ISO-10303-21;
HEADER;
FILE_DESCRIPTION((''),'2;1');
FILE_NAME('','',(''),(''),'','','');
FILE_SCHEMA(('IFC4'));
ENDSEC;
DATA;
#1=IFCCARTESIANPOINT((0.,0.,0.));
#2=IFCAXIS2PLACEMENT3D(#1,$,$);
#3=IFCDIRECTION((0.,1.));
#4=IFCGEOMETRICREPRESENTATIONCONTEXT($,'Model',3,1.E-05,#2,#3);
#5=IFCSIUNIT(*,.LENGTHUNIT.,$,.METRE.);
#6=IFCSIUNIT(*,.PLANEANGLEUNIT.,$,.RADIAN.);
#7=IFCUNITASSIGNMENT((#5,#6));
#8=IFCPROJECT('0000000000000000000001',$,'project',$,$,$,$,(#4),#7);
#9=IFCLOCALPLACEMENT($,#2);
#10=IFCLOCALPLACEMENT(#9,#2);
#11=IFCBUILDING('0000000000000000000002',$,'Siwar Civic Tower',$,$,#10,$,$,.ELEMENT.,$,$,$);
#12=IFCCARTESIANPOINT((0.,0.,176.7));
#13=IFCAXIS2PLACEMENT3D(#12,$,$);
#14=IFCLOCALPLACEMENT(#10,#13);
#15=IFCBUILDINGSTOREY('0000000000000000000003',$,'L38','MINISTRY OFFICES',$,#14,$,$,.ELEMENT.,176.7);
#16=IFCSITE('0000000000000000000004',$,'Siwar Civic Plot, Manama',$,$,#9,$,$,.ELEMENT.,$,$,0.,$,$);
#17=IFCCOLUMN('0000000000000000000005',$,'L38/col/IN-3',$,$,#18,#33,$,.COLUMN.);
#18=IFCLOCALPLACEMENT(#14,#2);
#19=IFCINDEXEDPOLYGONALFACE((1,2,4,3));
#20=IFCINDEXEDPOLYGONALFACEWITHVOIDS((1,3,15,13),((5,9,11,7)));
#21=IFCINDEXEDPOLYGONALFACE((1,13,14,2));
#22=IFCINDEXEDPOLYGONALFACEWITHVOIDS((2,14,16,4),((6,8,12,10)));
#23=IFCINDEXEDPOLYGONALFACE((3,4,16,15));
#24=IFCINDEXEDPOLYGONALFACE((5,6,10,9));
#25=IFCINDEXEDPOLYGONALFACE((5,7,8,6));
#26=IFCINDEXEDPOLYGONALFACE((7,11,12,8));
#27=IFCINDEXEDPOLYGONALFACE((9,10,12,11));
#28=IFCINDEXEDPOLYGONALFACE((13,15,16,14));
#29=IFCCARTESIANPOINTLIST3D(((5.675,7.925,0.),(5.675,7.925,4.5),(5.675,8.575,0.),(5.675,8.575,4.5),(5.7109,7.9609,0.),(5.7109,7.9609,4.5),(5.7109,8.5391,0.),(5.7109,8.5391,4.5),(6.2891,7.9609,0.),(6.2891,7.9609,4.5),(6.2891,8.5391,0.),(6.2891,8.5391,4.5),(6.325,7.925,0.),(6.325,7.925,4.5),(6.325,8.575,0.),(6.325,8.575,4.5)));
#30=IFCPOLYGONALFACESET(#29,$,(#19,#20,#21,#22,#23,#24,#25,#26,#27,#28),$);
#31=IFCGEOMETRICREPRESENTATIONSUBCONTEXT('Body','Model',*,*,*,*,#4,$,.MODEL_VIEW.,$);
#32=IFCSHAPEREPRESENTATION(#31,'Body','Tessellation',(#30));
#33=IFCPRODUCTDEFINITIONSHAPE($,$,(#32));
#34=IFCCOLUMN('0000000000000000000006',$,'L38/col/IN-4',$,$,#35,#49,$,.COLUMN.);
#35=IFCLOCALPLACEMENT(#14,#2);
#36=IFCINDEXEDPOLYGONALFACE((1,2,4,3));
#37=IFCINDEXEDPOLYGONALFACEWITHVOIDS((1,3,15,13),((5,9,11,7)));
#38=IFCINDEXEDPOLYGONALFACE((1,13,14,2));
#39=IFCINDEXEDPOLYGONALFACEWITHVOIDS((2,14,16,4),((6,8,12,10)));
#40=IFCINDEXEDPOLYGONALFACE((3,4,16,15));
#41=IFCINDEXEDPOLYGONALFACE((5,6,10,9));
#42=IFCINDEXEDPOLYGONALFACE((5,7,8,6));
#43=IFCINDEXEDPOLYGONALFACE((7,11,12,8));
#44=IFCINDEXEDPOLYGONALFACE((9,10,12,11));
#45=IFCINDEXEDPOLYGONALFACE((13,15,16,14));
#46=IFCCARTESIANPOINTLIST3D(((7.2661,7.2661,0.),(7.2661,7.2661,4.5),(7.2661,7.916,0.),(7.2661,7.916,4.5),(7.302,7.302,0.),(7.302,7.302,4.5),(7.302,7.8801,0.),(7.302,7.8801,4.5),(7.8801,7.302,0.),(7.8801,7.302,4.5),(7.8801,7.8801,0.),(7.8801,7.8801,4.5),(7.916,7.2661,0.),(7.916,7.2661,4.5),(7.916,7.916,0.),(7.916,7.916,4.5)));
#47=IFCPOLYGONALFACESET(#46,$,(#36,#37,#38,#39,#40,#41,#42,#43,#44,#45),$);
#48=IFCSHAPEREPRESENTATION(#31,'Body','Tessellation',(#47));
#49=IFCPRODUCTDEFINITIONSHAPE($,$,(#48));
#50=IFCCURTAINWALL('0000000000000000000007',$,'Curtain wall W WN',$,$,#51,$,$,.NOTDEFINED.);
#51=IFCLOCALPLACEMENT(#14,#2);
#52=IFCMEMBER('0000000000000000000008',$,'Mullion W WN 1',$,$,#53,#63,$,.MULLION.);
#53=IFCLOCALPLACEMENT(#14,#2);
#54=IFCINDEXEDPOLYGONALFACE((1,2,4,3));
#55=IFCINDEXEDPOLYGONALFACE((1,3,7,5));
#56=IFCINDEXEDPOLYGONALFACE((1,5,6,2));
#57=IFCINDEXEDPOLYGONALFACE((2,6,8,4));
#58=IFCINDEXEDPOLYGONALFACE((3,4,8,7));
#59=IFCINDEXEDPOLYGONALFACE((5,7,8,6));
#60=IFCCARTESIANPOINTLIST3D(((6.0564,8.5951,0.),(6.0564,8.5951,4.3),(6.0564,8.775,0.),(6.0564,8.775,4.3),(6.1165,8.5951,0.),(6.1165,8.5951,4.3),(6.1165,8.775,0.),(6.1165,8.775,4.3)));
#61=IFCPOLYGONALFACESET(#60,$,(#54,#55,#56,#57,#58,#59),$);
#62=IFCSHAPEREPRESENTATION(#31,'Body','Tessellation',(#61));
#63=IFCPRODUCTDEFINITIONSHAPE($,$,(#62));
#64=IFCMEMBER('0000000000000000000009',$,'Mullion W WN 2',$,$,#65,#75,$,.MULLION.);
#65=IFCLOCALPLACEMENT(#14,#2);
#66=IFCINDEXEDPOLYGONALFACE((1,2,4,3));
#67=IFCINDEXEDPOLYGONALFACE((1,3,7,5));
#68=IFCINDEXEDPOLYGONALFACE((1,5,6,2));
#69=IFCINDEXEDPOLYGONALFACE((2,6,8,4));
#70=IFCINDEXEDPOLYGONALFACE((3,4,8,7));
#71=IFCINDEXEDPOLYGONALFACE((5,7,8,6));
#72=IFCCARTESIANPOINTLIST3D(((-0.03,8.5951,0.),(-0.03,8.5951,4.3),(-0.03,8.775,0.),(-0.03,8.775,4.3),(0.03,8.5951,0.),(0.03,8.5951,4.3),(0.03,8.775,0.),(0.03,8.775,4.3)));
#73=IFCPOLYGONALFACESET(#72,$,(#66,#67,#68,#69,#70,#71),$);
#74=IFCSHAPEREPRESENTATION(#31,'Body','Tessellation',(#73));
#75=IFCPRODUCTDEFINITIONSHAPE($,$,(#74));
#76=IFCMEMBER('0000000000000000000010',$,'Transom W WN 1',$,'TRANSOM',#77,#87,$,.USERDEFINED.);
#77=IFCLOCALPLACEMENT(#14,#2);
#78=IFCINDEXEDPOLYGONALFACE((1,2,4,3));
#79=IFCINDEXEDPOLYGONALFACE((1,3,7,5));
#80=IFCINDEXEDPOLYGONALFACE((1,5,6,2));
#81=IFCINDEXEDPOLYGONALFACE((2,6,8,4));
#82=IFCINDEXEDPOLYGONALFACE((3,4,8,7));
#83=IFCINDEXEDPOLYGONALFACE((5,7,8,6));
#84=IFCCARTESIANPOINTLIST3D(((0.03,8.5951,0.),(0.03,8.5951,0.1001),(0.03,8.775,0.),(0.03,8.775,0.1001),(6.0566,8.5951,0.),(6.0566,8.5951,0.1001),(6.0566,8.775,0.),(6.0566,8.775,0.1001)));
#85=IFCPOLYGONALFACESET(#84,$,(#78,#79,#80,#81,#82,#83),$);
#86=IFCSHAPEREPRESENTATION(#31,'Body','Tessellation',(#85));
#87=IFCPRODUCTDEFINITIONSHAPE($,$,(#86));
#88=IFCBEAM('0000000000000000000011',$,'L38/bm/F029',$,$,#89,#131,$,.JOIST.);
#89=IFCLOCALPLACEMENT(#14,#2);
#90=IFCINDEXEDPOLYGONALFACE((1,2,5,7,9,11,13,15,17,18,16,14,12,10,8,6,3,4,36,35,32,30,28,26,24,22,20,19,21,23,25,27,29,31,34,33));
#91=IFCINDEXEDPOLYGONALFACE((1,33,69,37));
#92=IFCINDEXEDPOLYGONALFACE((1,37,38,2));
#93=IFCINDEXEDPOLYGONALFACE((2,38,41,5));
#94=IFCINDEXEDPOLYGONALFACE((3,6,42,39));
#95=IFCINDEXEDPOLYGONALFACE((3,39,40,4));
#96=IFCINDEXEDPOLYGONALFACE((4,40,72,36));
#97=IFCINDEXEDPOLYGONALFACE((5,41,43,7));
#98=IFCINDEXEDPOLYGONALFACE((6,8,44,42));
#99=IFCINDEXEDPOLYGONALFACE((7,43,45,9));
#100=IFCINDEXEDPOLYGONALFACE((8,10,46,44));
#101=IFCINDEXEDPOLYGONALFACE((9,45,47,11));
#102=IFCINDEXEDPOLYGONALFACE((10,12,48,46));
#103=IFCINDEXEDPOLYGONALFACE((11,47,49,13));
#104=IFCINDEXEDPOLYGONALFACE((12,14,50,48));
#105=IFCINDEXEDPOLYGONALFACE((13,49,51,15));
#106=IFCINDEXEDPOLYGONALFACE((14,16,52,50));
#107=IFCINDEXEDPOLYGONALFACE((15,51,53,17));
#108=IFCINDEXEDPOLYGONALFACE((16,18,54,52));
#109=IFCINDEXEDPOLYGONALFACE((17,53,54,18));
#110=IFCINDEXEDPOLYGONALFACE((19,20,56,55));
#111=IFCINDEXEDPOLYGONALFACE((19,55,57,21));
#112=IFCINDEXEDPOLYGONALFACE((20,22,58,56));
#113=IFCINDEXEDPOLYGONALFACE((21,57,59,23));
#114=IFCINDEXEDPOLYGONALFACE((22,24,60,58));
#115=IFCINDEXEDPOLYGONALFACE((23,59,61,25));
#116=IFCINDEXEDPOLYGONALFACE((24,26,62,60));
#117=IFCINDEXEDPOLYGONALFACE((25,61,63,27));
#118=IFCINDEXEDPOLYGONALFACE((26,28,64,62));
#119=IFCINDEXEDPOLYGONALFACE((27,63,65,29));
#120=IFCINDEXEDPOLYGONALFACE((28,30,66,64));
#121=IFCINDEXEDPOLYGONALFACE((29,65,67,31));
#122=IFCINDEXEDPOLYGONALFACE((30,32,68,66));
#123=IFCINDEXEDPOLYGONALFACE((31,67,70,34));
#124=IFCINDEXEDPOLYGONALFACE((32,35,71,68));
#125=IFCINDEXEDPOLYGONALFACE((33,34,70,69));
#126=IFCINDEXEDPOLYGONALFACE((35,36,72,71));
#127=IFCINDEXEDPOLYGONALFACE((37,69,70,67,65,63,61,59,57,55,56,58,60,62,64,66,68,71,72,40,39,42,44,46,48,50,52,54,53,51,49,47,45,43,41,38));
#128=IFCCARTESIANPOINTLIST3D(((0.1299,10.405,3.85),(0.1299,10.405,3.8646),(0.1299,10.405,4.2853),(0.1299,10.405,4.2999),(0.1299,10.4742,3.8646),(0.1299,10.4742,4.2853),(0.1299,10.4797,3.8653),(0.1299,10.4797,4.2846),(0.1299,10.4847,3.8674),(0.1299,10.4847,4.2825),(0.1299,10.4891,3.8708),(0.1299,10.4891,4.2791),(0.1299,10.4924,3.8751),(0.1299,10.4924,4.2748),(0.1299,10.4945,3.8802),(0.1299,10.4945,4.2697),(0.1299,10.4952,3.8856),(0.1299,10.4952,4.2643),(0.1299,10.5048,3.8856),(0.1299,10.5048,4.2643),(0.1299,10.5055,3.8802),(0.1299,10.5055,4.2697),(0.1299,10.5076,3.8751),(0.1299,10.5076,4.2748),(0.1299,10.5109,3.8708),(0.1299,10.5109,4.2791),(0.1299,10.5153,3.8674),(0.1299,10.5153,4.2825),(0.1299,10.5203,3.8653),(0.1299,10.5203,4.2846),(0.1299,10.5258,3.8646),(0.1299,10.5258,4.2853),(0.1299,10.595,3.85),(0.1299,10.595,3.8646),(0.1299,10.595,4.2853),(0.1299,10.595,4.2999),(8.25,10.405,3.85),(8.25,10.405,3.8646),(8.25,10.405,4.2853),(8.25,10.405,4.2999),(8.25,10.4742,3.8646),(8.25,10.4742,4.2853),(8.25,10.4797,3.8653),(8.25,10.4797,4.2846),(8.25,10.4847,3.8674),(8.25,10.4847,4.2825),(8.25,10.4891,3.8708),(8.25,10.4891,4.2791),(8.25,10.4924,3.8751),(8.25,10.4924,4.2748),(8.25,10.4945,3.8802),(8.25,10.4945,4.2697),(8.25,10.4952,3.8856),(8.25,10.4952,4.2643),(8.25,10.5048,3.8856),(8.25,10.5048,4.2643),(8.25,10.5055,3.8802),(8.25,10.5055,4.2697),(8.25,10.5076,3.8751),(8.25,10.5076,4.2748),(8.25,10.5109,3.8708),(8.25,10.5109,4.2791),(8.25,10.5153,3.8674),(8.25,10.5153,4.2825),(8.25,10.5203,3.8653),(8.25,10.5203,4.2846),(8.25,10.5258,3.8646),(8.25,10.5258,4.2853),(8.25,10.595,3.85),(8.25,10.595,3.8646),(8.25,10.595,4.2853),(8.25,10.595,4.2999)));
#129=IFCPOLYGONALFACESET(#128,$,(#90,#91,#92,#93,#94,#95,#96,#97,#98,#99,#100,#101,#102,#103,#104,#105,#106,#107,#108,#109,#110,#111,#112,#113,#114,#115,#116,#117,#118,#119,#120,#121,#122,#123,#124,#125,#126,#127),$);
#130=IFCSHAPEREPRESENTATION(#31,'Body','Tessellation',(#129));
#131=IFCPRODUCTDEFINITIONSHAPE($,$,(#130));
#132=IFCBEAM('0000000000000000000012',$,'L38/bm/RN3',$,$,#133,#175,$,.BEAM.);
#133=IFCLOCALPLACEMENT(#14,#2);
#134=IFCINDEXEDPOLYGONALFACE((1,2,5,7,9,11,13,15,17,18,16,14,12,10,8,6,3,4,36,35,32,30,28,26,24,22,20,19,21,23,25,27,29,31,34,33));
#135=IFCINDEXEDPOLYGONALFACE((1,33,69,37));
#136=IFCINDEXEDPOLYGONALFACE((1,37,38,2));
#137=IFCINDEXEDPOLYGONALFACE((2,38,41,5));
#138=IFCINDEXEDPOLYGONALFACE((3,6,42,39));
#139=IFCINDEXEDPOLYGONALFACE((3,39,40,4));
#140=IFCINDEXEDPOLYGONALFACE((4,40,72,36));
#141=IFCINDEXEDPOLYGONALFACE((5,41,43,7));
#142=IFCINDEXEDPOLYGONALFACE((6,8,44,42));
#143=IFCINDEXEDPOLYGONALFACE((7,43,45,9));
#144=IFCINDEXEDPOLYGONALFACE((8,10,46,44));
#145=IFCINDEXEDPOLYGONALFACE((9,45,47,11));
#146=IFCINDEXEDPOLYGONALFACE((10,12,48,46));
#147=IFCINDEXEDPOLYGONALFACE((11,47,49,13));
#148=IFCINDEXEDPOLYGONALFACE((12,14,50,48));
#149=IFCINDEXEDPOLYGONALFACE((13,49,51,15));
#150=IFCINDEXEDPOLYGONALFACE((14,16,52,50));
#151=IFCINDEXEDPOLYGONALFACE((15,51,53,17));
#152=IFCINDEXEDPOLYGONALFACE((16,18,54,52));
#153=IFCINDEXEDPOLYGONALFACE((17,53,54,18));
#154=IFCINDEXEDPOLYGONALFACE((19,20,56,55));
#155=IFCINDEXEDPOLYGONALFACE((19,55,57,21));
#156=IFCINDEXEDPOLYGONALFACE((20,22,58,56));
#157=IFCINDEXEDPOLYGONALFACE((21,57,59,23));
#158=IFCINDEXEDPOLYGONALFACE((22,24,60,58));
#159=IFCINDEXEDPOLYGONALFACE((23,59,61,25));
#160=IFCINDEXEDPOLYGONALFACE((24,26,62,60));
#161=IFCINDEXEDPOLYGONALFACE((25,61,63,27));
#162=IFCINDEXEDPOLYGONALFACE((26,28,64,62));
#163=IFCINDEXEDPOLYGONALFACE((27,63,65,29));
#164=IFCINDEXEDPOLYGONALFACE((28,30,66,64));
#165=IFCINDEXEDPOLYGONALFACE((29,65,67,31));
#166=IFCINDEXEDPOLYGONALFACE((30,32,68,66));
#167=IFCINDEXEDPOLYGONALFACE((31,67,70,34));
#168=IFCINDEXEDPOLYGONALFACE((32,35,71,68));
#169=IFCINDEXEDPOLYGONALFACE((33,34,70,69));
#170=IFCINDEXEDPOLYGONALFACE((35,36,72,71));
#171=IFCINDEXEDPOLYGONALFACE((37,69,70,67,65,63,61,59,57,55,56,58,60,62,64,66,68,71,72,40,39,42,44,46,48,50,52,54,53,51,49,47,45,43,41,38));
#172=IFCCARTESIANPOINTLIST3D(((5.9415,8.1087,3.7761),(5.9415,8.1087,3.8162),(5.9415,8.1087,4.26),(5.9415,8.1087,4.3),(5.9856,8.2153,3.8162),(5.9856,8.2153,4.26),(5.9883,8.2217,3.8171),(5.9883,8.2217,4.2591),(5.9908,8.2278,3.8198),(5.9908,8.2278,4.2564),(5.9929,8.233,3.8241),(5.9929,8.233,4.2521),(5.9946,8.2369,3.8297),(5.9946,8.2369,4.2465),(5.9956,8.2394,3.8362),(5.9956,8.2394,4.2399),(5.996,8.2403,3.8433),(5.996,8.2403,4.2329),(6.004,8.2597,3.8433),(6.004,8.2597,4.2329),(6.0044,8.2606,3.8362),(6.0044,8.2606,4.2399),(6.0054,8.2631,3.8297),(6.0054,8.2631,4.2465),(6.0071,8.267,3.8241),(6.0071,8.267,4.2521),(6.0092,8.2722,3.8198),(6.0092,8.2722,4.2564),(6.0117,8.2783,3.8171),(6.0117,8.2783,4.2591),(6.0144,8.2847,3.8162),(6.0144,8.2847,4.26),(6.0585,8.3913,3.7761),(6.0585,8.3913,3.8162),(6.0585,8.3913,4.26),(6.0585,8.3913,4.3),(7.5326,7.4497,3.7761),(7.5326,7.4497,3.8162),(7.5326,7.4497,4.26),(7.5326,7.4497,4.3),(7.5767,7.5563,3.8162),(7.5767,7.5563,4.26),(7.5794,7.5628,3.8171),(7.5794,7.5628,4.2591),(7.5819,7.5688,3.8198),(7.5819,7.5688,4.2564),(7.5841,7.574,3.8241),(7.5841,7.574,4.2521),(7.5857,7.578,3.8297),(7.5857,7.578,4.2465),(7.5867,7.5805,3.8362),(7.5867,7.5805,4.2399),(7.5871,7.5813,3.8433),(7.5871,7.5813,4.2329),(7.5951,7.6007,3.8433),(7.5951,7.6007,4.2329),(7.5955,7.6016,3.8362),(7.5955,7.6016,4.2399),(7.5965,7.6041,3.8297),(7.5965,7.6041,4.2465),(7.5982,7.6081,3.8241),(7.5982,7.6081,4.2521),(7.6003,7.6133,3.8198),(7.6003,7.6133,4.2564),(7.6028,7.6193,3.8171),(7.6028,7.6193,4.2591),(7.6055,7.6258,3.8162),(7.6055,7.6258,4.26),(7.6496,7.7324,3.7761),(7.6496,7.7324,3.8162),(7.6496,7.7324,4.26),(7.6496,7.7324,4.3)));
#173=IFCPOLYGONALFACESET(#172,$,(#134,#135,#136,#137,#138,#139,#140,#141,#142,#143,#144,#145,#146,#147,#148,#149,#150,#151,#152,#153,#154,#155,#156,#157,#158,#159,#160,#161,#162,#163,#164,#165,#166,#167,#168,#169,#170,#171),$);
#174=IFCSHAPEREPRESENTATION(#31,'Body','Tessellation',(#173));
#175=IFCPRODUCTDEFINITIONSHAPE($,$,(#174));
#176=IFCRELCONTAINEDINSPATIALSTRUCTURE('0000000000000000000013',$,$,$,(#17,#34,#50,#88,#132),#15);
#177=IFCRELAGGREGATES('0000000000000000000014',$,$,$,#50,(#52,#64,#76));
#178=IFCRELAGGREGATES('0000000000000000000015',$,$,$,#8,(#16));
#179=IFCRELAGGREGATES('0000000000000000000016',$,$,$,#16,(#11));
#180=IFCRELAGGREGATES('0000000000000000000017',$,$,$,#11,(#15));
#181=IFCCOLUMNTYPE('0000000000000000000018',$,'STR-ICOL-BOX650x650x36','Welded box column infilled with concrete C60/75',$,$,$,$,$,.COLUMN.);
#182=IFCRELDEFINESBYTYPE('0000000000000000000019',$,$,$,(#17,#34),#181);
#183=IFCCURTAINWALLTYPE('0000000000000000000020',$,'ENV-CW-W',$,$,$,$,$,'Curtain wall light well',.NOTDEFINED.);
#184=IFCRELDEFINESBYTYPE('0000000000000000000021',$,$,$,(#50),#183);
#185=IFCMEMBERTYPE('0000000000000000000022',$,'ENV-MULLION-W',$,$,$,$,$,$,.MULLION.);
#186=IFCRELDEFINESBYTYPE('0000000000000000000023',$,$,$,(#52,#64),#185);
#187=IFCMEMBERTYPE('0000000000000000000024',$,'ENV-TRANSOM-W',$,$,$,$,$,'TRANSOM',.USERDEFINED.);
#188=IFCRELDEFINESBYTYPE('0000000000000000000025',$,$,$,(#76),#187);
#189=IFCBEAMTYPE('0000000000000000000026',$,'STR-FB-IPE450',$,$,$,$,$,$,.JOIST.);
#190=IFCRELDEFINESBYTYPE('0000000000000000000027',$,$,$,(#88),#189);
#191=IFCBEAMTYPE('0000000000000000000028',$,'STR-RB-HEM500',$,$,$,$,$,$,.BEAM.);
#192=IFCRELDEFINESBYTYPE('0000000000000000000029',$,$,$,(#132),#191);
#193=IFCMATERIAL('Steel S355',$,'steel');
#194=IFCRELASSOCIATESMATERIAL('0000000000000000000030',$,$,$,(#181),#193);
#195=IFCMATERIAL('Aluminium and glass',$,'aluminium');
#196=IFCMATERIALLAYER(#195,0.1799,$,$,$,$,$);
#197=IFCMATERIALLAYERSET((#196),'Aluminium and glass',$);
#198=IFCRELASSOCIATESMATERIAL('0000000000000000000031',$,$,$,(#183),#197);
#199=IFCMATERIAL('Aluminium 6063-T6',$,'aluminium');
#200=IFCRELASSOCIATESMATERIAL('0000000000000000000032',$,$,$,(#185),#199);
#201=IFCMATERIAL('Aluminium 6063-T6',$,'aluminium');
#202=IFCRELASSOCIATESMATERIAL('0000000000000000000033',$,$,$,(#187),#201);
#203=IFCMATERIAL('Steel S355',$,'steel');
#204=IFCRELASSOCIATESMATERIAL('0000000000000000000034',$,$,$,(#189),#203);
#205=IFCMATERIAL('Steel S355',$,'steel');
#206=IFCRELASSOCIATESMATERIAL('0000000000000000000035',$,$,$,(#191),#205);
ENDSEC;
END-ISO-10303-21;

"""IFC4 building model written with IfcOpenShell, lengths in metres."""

from ifc_helpers import new_model, si_unit, direction, frame, origin, origin_2d, place, context, subcontext, project, spatial, rectangle, hollow_rectangle, i_section, extrude, material, layer, layer_set, material_profile, profile_set, type_object, element, aggregate, save


model = new_model("IFC4")

# Units and contexts
model_context = context("Model", 3, precision=1e-05, world=origin(), true_north=direction((0.0, 1.0)))
body_context = subcontext(model_context, "Body", "Model", "MODEL_VIEW")
ifc_project = project(units=[si_unit("LENGTHUNIT", "METRE"), si_unit("PLANEANGLEUNIT", "RADIAN")], contexts=[model_context])

# Site, building, storey
site_placement = place(None, origin())
site = spatial("IfcSite", under=ifc_project, at=site_placement, Name="Siwar Civic Plot, Manama", CompositionType="ELEMENT", RefElevation=0.0)
building_placement = place(site_placement, origin())
building = spatial("IfcBuilding", under=site, at=building_placement, Name="Siwar Civic Tower", CompositionType="ELEMENT")
storey_placement = place(building_placement, frame((0.0, 0.0, 176.7)))
storey = spatial("IfcBuildingStorey", under=building, at=storey_placement, Name="L38", Description="MINISTRY OFFICES", CompositionType="ELEMENT", Elevation=176.7)

# Columns
ifc_material_1 = material(Name="Steel S355", Category="steel")
ifc_material_profile_1 = material_profile(ifc_material_1, hollow_rectangle(XDim=0.6499, YDim=0.6499, WallThickness=0.0359, at=origin_2d()), Name="BOX650x650x36")
ifc_profile_set_1 = profile_set([ifc_material_profile_1], Name="Steel S355")
column_type = type_object("IfcColumnType", Name="STR-ICOL-BOX650x650x36", Description="Welded box column infilled with concrete C60/75", PredefinedType="COLUMN", material=ifc_profile_set_1)
for number, where, z_axis, x_axis, name in (
    (1, (6.0, 8.25, 0.0), (0.0, 0.0, 1.0), (1.0, 0.0, 0.0), "L38/col/IN-3"),
    (2, (7.5911, 7.5911, 0.0), (0.0, 0.0, 1.0), (1.0, 0.0, 0.0), "L38/col/IN-4"),
):
    element("IfcColumn", number, at=place(storey_placement, frame(where, z_axis=z_axis, x_axis=x_axis)), inside=storey, type_object=column_type, Name=name, PredefinedType="COLUMN", context=body_context, shape_type="SweptSolid", body=[
        extrude(hollow_rectangle(XDim=0.6499, YDim=0.6499, WallThickness=0.0359, at=origin_2d()), origin(), (0.0, 0.0, 1.0), 4.5),
    ])

# Curtain wall, members
ifc_material_2 = material(Name="Aluminium and glass", Category="aluminium")
ifc_layer_1 = layer(ifc_material_2, 0.1799)
ifc_layer_set_1 = layer_set([ifc_layer_1], Name="Aluminium and glass")
curtain_wall_type = type_object("IfcCurtainWallType", Name="ENV-CW-W", ElementType="Curtain wall light well", PredefinedType="NOTDEFINED", material=ifc_layer_set_1)
curtain_wall_placement = place(storey_placement, origin())
curtain_wall = element("IfcCurtainWall", 3, at=curtain_wall_placement, inside=storey, type_object=curtain_wall_type, Name="Curtain wall W WN", PredefinedType="NOTDEFINED")
ifc_material_3 = material(Name="Aluminium 6063-T6", Category="aluminium")
ifc_material_profile_2 = material_profile(ifc_material_3, rectangle(XDim=0.1799, YDim=0.0601, at=origin_2d()), Name="AL 180x60")
ifc_profile_set_2 = profile_set([ifc_material_profile_2], Name="Aluminium 6063-T6")
member_type_1 = type_object("IfcMemberType", Name="ENV-MULLION-W", PredefinedType="MULLION", material=ifc_profile_set_2)
member_1_placement = place(storey_placement, frame((6.0864, 8.6851, 0.0), z_axis=(0.0, 0.0, 1.0), x_axis=(0.0, -1.0, 0.0)))
member_1 = element("IfcMember", 4, at=member_1_placement, type_object=member_type_1, Name="Mullion W WN 1", PredefinedType="MULLION", context=body_context, shape_type="SweptSolid", body=[
    extrude(rectangle(XDim=0.1799, YDim=0.0601, at=origin_2d()), origin(), (0.0, 0.0, 1.0), 4.3),
])
member_2_placement = place(storey_placement, frame((0.0, 8.6851, 0.0), z_axis=(0.0, 0.0, 1.0), x_axis=(0.0, -1.0, 0.0)))
member_2 = element("IfcMember", 5, at=member_2_placement, type_object=member_type_1, Name="Mullion W WN 2", PredefinedType="MULLION", context=body_context, shape_type="SweptSolid", body=[
    extrude(rectangle(XDim=0.1799, YDim=0.0601, at=origin_2d()), origin(), (0.0, 0.0, 1.0), 4.3),
])
ifc_material_4 = material(Name="Aluminium 6063-T6", Category="aluminium")
ifc_material_profile_3 = material_profile(ifc_material_4, rectangle(XDim=0.1799, YDim=0.1001, at=origin_2d()), Name="AL 180x100")
ifc_profile_set_3 = profile_set([ifc_material_profile_3], Name="Aluminium 6063-T6")
member_type_2 = type_object("IfcMemberType", Name="ENV-TRANSOM-W", ElementType="TRANSOM", PredefinedType="USERDEFINED", material=ifc_profile_set_3)
member_3_placement = place(storey_placement, frame((6.0566, 8.6851, 0.05), z_axis=(-1.0, 0.0, 0.0), x_axis=(0.0, -1.0, 0.0)))
member_3 = element("IfcMember", 6, at=member_3_placement, type_object=member_type_2, Name="Transom W WN 1", ObjectType="TRANSOM", PredefinedType="USERDEFINED", context=body_context, shape_type="SweptSolid", body=[
    extrude(rectangle(XDim=0.1799, YDim=0.1001, at=origin_2d()), origin(), (0.0, 0.0, 1.0), 6.0266),
])

# Beams
ifc_material_5 = material(Name="Steel S355", Category="steel")
ifc_material_profile_4 = material_profile(ifc_material_5, i_section(OverallWidth=0.1899, OverallDepth=0.45, WebThickness=0.0095, FlangeThickness=0.0146, FilletRadius=0.021, at=origin_2d()), Name="IPE450")
ifc_profile_set_4 = profile_set([ifc_material_profile_4], Name="Steel S355")
beam_type_1 = type_object("IfcBeamType", Name="STR-FB-IPE450", PredefinedType="JOIST", material=ifc_profile_set_4)
beam_placement = place(storey_placement, frame((0.1299, 10.5, 4.075), z_axis=(1.0, 0.0, 0.0), x_axis=(0.0, 1.0, 0.0)))
element("IfcBeam", 7, at=beam_placement, inside=storey, type_object=beam_type_1, Name="L38/bm/F029", PredefinedType="JOIST", context=body_context, shape_type="SweptSolid", body=[
    extrude(i_section(OverallWidth=0.1899, OverallDepth=0.45, WebThickness=0.0095, FlangeThickness=0.0146, FilletRadius=0.021, at=origin_2d()), origin(), (0.0, 0.0, 1.0), 8.1201),
])
ifc_material_6 = material(Name="Steel S355", Category="steel")
ifc_material_profile_5 = material_profile(ifc_material_6, i_section(OverallWidth=0.3059, OverallDepth=0.5239, WebThickness=0.021, FlangeThickness=0.04, FilletRadius=0.0271, at=origin_2d()), Name="HEM500")
ifc_profile_set_5 = profile_set([ifc_material_profile_5], Name="Steel S355")
beam_type_2 = type_object("IfcBeamType", Name="STR-RB-HEM500", PredefinedType="BEAM", material=ifc_profile_set_5)
for number, where, z_axis, x_axis, name in (
    (8, (6.0, 8.25, 4.0381), (0.923901, -0.382631, 0.0), (0.382631, 0.923901, 0.0), "L38/bm/RN3"),
):
    element("IfcBeam", number, at=place(storey_placement, frame(where, z_axis=z_axis, x_axis=x_axis)), inside=storey, type_object=beam_type_2, Name=name, PredefinedType="BEAM", context=body_context, shape_type="SweptSolid", body=[
        extrude(i_section(OverallWidth=0.3059, OverallDepth=0.5239, WebThickness=0.021, FlangeThickness=0.04, FilletRadius=0.0271, at=origin_2d()), origin(), (0.0, 0.0, 1.0), 1.7222),
    ])

aggregate(curtain_wall, [member_1, member_2, member_3])

save(model, "model.ifc")
